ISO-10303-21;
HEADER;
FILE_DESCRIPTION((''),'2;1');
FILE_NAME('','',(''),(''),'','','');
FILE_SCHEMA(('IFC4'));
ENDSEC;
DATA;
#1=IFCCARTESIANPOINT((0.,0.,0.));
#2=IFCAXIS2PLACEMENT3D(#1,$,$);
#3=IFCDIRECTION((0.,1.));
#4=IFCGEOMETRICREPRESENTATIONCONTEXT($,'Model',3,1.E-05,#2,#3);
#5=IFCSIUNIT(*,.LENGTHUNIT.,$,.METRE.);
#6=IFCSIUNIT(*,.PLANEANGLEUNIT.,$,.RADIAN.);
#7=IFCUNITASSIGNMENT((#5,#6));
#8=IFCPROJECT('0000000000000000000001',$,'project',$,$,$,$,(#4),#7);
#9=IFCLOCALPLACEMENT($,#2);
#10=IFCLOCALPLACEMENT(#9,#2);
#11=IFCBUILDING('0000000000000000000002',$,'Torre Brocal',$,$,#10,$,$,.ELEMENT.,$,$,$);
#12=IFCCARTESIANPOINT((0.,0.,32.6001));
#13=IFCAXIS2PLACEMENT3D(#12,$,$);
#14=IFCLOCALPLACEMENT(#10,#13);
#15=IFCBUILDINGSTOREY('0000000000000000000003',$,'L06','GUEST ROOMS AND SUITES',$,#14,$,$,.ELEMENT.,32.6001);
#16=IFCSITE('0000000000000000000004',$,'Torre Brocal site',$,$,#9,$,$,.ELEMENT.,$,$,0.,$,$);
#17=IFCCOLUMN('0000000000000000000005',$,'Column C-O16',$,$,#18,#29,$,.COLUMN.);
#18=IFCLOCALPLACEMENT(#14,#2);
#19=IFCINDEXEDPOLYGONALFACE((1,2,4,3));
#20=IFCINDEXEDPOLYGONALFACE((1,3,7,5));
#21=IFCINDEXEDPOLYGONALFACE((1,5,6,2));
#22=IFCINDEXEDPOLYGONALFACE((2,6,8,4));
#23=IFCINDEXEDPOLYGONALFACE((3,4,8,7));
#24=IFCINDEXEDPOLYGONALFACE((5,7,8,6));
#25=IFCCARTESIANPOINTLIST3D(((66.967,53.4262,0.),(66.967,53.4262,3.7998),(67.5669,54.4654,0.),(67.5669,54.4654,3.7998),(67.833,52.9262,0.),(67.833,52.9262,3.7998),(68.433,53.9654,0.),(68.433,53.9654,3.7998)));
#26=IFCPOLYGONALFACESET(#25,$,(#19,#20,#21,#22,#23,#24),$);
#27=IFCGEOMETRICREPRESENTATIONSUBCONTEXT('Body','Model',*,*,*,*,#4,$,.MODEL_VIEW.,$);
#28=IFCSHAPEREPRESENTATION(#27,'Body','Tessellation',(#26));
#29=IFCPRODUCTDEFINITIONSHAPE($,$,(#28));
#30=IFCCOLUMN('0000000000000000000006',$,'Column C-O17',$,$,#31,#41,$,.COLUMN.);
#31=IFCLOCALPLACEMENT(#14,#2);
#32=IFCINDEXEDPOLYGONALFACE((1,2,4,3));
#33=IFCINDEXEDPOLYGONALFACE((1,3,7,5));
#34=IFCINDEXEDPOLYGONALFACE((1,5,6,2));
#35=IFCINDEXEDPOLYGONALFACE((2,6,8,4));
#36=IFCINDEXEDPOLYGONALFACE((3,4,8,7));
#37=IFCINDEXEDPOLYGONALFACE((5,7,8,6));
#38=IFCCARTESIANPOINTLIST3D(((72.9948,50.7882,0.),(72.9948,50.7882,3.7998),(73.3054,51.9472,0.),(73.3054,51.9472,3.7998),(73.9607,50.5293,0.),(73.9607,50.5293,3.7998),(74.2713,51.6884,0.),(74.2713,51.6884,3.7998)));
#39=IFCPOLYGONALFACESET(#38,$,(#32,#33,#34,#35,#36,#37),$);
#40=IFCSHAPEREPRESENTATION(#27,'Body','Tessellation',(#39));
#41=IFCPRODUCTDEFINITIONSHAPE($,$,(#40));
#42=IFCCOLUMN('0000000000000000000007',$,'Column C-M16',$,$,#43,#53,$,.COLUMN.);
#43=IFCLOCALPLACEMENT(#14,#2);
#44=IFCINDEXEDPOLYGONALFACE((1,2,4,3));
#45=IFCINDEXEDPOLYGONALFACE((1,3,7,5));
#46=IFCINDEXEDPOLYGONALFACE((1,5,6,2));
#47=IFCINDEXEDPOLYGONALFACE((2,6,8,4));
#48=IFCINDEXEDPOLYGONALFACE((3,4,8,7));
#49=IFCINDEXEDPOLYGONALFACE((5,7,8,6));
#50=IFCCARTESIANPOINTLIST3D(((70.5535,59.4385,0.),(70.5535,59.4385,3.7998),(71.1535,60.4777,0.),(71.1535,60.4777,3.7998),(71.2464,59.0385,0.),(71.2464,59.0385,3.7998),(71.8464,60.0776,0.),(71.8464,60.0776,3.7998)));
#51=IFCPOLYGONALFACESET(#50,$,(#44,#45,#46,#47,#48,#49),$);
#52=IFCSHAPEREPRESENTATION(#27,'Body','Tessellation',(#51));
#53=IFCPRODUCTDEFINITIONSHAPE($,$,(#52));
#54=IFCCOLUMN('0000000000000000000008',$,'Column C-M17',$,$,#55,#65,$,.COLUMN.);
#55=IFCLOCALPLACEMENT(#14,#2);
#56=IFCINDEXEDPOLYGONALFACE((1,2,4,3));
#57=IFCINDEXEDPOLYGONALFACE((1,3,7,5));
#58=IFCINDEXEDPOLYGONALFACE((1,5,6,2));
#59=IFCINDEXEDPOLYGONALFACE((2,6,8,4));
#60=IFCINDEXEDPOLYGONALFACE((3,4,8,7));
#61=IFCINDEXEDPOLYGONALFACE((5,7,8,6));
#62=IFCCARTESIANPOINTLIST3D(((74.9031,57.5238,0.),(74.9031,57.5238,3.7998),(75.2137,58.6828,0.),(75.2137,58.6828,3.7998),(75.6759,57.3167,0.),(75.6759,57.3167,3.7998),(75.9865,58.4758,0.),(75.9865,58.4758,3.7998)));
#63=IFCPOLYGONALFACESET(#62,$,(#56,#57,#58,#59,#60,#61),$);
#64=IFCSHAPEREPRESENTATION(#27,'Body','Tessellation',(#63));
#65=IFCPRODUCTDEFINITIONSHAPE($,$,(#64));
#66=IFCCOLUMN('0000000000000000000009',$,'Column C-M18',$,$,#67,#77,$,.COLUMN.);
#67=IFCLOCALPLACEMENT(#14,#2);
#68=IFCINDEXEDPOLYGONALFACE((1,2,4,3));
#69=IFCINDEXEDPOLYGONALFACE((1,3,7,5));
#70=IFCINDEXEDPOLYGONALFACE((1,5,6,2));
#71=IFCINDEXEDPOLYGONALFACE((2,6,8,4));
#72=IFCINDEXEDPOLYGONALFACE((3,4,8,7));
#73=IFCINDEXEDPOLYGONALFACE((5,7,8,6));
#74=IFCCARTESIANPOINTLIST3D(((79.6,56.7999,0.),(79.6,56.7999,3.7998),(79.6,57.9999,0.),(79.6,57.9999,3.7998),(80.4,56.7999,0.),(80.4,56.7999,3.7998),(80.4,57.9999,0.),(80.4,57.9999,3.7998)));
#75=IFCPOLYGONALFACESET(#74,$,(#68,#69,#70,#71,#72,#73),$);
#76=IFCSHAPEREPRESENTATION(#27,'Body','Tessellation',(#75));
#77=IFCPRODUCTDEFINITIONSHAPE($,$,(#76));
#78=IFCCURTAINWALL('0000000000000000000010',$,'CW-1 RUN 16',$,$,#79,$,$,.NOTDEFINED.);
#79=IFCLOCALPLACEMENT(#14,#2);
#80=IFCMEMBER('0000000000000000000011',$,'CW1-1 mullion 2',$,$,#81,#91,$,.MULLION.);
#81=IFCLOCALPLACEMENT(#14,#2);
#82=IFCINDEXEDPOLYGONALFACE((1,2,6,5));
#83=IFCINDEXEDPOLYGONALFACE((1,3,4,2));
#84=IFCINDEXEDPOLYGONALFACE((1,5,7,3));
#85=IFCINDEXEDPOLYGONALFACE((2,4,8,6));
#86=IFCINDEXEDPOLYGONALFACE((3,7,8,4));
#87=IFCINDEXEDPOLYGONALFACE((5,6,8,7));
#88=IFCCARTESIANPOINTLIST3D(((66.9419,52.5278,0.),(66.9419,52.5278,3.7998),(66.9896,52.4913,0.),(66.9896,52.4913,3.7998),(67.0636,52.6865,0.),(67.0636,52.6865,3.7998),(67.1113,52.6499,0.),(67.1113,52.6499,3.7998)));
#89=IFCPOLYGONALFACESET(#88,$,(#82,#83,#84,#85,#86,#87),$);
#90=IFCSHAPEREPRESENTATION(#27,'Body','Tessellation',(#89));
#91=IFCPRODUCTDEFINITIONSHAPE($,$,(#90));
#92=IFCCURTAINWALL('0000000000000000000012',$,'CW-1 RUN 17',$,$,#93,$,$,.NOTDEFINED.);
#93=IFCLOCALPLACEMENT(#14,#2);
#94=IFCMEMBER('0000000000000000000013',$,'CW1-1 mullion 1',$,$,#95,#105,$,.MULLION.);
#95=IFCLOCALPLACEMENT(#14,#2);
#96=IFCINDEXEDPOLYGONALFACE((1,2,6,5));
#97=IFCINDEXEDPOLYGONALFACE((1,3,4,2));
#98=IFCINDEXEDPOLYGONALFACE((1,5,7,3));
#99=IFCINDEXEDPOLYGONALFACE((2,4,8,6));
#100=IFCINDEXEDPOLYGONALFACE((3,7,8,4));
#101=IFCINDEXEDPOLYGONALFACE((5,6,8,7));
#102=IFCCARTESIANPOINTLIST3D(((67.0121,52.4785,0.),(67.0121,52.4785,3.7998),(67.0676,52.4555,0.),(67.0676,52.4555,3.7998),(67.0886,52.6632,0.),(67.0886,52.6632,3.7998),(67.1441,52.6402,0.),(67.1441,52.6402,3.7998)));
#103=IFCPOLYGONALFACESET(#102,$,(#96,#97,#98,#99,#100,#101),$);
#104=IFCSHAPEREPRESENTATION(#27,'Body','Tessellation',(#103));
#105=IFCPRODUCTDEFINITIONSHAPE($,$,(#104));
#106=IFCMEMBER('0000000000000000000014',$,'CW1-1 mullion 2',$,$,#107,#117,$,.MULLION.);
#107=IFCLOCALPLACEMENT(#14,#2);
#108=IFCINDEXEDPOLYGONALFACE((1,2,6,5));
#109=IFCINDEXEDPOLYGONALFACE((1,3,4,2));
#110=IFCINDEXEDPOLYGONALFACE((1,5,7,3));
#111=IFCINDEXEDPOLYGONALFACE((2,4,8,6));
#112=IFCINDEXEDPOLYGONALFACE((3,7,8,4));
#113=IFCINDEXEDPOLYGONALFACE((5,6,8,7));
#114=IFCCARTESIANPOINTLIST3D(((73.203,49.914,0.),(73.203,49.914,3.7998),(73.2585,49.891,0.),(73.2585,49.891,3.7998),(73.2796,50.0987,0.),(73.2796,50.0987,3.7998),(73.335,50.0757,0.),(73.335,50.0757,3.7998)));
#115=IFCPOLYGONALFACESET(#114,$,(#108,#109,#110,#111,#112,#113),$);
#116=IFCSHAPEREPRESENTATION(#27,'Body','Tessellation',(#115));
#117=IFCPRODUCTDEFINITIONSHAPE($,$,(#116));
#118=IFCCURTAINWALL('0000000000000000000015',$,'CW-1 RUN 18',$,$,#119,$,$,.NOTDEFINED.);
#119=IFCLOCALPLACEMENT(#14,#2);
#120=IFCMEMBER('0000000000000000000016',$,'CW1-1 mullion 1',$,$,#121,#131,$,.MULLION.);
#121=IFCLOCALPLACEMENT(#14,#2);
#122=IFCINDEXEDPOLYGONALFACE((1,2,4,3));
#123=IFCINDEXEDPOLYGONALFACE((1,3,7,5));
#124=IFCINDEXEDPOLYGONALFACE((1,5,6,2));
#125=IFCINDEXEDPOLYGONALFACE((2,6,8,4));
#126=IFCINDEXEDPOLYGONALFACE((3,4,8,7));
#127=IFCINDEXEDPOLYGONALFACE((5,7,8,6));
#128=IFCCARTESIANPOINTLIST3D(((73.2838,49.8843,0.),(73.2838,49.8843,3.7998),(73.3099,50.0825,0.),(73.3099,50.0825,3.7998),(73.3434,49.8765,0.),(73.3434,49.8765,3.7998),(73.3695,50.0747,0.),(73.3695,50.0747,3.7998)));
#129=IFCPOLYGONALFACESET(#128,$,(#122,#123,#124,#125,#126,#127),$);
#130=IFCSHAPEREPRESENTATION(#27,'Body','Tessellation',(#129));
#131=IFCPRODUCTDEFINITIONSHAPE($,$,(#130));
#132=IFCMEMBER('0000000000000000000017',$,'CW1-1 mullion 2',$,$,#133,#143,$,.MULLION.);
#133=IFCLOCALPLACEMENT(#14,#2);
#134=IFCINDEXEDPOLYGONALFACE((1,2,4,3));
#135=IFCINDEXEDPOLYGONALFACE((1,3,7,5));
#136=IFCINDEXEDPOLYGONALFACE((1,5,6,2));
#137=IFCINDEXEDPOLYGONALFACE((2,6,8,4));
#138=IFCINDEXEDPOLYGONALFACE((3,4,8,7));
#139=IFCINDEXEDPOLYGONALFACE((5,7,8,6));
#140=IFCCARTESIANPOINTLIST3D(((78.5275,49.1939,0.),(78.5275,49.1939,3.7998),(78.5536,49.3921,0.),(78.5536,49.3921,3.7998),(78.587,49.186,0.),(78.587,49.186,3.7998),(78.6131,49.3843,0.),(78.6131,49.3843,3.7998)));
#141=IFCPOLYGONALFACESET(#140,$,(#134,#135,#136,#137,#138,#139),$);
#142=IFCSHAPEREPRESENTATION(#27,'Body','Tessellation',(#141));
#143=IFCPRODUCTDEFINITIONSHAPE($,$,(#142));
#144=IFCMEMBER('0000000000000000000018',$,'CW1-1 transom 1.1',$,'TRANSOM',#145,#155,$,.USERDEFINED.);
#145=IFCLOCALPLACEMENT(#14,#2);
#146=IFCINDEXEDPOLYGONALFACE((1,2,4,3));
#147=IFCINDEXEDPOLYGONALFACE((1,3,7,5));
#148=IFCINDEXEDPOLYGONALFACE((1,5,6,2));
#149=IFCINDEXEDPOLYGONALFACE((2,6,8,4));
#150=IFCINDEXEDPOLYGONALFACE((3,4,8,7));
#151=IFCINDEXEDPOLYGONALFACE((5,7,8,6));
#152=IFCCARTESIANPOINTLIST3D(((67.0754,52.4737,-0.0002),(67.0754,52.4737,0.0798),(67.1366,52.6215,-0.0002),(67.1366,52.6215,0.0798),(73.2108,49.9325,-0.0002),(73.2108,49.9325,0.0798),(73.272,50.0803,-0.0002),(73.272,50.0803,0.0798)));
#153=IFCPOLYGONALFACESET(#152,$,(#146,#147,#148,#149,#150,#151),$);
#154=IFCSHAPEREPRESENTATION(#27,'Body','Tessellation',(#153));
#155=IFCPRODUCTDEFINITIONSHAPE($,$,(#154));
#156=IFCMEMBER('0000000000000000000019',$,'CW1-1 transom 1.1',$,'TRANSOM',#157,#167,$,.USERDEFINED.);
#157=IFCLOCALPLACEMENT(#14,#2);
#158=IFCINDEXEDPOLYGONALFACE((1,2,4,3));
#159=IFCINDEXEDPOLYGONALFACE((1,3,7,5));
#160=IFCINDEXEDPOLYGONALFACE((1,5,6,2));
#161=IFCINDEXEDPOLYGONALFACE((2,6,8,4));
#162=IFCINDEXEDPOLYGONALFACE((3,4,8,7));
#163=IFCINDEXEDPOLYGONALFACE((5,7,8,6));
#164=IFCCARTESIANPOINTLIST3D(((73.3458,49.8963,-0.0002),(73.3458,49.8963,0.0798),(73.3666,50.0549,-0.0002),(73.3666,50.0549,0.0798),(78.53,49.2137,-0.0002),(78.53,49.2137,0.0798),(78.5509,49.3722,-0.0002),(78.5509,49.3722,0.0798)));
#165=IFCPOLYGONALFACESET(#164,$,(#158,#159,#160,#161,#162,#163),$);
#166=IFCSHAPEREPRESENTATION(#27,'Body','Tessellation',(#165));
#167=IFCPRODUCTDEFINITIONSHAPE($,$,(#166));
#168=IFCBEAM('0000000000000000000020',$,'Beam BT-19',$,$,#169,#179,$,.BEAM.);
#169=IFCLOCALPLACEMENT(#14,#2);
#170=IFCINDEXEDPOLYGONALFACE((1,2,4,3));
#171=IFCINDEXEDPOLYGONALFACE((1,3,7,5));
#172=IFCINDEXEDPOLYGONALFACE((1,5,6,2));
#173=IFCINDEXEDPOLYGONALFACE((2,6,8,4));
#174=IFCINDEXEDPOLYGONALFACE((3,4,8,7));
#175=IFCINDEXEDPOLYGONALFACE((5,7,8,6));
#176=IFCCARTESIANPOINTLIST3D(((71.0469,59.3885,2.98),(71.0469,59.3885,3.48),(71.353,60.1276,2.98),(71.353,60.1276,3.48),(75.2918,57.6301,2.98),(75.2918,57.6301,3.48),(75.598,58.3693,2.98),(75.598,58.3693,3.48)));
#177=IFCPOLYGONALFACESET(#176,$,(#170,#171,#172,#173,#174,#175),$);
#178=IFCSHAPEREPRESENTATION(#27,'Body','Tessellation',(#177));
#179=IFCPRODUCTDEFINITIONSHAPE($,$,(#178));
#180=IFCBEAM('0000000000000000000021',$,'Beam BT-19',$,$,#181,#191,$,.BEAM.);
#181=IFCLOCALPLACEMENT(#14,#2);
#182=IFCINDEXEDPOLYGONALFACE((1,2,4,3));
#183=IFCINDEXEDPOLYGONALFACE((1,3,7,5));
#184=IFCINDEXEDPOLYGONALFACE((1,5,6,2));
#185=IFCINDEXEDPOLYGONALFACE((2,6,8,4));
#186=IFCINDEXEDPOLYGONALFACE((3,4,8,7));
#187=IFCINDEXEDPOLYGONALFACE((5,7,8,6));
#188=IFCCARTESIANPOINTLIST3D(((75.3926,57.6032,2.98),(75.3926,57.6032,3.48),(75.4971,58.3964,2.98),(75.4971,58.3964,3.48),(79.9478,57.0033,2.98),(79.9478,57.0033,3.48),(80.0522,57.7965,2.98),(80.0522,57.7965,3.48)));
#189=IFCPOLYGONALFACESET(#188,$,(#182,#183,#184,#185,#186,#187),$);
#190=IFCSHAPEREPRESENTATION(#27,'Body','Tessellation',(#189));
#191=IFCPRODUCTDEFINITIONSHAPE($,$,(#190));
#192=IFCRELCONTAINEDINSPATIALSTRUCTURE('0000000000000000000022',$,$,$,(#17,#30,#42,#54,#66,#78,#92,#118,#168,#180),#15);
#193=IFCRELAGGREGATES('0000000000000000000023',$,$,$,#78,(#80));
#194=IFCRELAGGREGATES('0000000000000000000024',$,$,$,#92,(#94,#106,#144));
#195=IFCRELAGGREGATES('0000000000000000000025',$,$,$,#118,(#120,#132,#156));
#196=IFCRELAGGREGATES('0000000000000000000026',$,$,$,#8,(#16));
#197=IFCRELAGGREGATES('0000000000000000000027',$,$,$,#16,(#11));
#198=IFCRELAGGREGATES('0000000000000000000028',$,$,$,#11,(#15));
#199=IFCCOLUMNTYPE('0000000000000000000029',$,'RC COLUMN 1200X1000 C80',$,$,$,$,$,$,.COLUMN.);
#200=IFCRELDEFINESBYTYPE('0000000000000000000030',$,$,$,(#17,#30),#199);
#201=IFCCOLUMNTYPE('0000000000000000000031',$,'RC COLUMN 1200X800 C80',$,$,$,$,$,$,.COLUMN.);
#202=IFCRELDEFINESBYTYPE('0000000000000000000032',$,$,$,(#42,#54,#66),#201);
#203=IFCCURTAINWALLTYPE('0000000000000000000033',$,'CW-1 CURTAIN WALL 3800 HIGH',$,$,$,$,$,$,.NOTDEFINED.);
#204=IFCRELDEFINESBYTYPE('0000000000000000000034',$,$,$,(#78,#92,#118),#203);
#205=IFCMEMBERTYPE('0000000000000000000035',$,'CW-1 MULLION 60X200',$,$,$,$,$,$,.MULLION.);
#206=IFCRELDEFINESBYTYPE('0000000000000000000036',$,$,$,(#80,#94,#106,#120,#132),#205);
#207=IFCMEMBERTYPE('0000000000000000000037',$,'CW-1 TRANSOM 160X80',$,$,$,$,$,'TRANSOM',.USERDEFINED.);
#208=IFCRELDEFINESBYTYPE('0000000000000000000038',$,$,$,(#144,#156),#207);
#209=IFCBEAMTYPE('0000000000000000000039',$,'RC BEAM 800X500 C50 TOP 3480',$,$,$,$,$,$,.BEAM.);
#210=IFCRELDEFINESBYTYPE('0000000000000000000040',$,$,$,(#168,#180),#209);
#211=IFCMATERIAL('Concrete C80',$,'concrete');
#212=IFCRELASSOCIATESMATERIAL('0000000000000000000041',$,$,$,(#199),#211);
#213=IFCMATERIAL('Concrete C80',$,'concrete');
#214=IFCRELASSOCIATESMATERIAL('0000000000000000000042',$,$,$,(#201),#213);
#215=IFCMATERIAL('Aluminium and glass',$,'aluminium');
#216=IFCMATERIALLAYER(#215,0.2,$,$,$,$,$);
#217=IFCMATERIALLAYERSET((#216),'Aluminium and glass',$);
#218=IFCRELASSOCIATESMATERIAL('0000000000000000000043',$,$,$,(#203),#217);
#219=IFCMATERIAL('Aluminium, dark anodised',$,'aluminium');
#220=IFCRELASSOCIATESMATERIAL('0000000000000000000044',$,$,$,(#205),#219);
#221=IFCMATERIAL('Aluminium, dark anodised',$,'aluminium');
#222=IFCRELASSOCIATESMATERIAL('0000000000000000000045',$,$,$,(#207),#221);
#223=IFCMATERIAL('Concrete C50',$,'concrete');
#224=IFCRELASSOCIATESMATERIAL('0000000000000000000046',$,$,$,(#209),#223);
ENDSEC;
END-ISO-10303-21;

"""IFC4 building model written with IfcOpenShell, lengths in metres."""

from ifc_helpers import new_model, si_unit, direction, frame, origin, origin_2d, place, context, subcontext, project, spatial, rectangle, extrude, material, layer, layer_set, material_profile, profile_set, type_object, element, aggregate, save


model = new_model("IFC4")

# Units and contexts
model_context = context("Model", 3, precision=1e-05, world=origin(), true_north=direction((0.0, 1.0)))
body_context = subcontext(model_context, "Body", "Model", "MODEL_VIEW")
ifc_project = project(units=[si_unit("LENGTHUNIT", "METRE"), si_unit("PLANEANGLEUNIT", "RADIAN")], contexts=[model_context])

# Site, building, storey
site_placement = place(None, origin())
site = spatial("IfcSite", under=ifc_project, at=site_placement, Name="Torre Brocal site", CompositionType="ELEMENT", RefElevation=0.0)
building_placement = place(site_placement, origin())
building = spatial("IfcBuilding", under=site, at=building_placement, Name="Torre Brocal", CompositionType="ELEMENT")
storey_placement = place(building_placement, frame((0.0, 0.0, 32.6001)))
storey = spatial("IfcBuildingStorey", under=building, at=storey_placement, Name="L06", Description="GUEST ROOMS AND SUITES", CompositionType="ELEMENT", Elevation=32.6001)

# Columns
ifc_material_1 = material(Name="Concrete C80", Category="concrete")
ifc_material_profile_1 = material_profile(ifc_material_1, rectangle(XDim=1.2, YDim=1.0, at=origin_2d()), Name="RC 1200X1000")
ifc_profile_set_1 = profile_set([ifc_material_profile_1], Name="Concrete C80")
column_type_1 = type_object("IfcColumnType", Name="RC COLUMN 1200X1000 C80", PredefinedType="COLUMN", material=ifc_profile_set_1)
for number, where, z_axis, x_axis, name in (
    (1, (67.7, 53.6958, 0.0), (0.0, 0.0, 1.0), (-0.5, -0.866025, 0.0), "Column C-O16"),
    (2, (73.6331, 51.2383, 0.0), (0.0, 0.0, 1.0), (-0.258819, -0.965926, 0.0), "Column C-O17"),
):
    element("IfcColumn", number, at=place(storey_placement, frame(where, z_axis=z_axis, x_axis=x_axis)), inside=storey, type_object=column_type_1, Name=name, PredefinedType="COLUMN", context=body_context, shape_type="SweptSolid", body=[
        extrude(rectangle(XDim=1.2, YDim=1.0, at=origin_2d()), origin(), (0.0, 0.0, 1.0), 3.7998),
    ])
ifc_material_2 = material(Name="Concrete C80", Category="concrete")
ifc_material_profile_2 = material_profile(ifc_material_2, rectangle(XDim=1.2, YDim=0.8, at=origin_2d()), Name="RC 1200X800")
ifc_profile_set_2 = profile_set([ifc_material_profile_2], Name="Concrete C80")
column_type_2 = type_object("IfcColumnType", Name="RC COLUMN 1200X800 C80", PredefinedType="COLUMN", material=ifc_profile_set_2)
for number, where, z_axis, x_axis, name in (
    (3, (71.2, 59.7581, 0.0), (0.0, 0.0, 1.0), (-0.5, -0.866025, 0.0), "Column C-M16"),
    (4, (75.4448, 57.9998, 0.0), (0.0, 0.0, 1.0), (-0.258819, -0.965926, 0.0), "Column C-M17"),
    (5, (80.0, 57.3999, 0.0), (0.0, 0.0, 1.0), (0.0, -1.0, 0.0), "Column C-M18"),
):
    element("IfcColumn", number, at=place(storey_placement, frame(where, z_axis=z_axis, x_axis=x_axis)), inside=storey, type_object=column_type_2, Name=name, PredefinedType="COLUMN", context=body_context, shape_type="SweptSolid", body=[
        extrude(rectangle(XDim=1.2, YDim=0.8, at=origin_2d()), origin(), (0.0, 0.0, 1.0), 3.7998),
    ])

# Curtain wall, member
ifc_material_3 = material(Name="Aluminium and glass", Category="aluminium")
ifc_layer_1 = layer(ifc_material_3, 0.2)
ifc_layer_set_1 = layer_set([ifc_layer_1], Name="Aluminium and glass")
curtain_wall_type = type_object("IfcCurtainWallType", Name="CW-1 CURTAIN WALL 3800 HIGH", PredefinedType="NOTDEFINED", material=ifc_layer_set_1)
curtain_wall_1_placement = place(storey_placement, origin())
curtain_wall_1 = element("IfcCurtainWall", 6, at=curtain_wall_1_placement, inside=storey, type_object=curtain_wall_type, Name="CW-1 RUN 16", PredefinedType="NOTDEFINED")
ifc_material_4 = material(Name="Aluminium, dark anodised", Category="aluminium")
ifc_material_profile_3 = material_profile(ifc_material_4, rectangle(XDim=0.2, YDim=0.0601, at=origin_2d()), Name="CW-1 MULLION 60X200")
ifc_profile_set_3 = profile_set([ifc_material_profile_3], Name="Aluminium, dark anodised")
member_type_1 = type_object("IfcMemberType", Name="CW-1 MULLION 60X200", PredefinedType="MULLION", material=ifc_profile_set_3)
member_1_placement = place(storey_placement, frame((67.0266, 52.5889, 0.0), z_axis=(0.0, 0.0, 1.0), x_axis=(0.608761, 0.793353, 0.0)))
member_1 = element("IfcMember", 7, at=member_1_placement, type_object=member_type_1, Name="CW1-1 mullion 2", PredefinedType="MULLION", context=body_context, shape_type="SweptSolid", body=[
    extrude(rectangle(XDim=0.2, YDim=0.0601, at=origin_2d()), origin(), (0.0, 0.0, 1.0), 3.7998),
])
aggregate(curtain_wall_1, [member_1])

# Curtain walls, members
curtain_wall_2_placement = place(storey_placement, origin())
curtain_wall_2 = element("IfcCurtainWall", 8, at=curtain_wall_2_placement, inside=storey, type_object=curtain_wall_type, Name="CW-1 RUN 17", PredefinedType="NOTDEFINED")
member_2_placement = place(storey_placement, frame((67.0781, 52.5593, 0.0), z_axis=(0.0, 0.0, 1.0), x_axis=(0.382683, 0.92388, 0.0)))
member_2 = element("IfcMember", 9, at=member_2_placement, type_object=member_type_1, Name="CW1-1 mullion 1", PredefinedType="MULLION", context=body_context, shape_type="SweptSolid", body=[
    extrude(rectangle(XDim=0.2, YDim=0.0601, at=origin_2d()), origin(), (0.0, 0.0, 1.0), 3.7998),
])
member_3_placement = place(storey_placement, frame((73.269, 49.9949, 0.0), z_axis=(0.0, 0.0, 1.0), x_axis=(0.382683, 0.92388, 0.0)))
member_3 = element("IfcMember", 10, at=member_3_placement, type_object=member_type_1, Name="CW1-1 mullion 2", PredefinedType="MULLION", context=body_context, shape_type="SweptSolid", body=[
    extrude(rectangle(XDim=0.2, YDim=0.0601, at=origin_2d()), origin(), (0.0, 0.0, 1.0), 3.7998),
])
curtain_wall_3_placement = place(storey_placement, origin())
curtain_wall_3 = element("IfcCurtainWall", 11, at=curtain_wall_3_placement, inside=storey, type_object=curtain_wall_type, Name="CW-1 RUN 18", PredefinedType="NOTDEFINED")
member_4_placement = place(storey_placement, frame((73.3267, 49.9795, 0.0), z_axis=(0.0, 0.0, 1.0), x_axis=(0.130526, 0.991445, 0.0)))
member_4 = element("IfcMember", 12, at=member_4_placement, type_object=member_type_1, Name="CW1-1 mullion 1", PredefinedType="MULLION", context=body_context, shape_type="SweptSolid", body=[
    extrude(rectangle(XDim=0.2, YDim=0.0601, at=origin_2d()), origin(), (0.0, 0.0, 1.0), 3.7998),
])
member_5_placement = place(storey_placement, frame((78.5703, 49.2891, 0.0), z_axis=(0.0, 0.0, 1.0), x_axis=(0.130526, 0.991445, 0.0)))
member_5 = element("IfcMember", 13, at=member_5_placement, type_object=member_type_1, Name="CW1-1 mullion 2", PredefinedType="MULLION", context=body_context, shape_type="SweptSolid", body=[
    extrude(rectangle(XDim=0.2, YDim=0.0601, at=origin_2d()), origin(), (0.0, 0.0, 1.0), 3.7998),
])

# Members
ifc_material_5 = material(Name="Aluminium, dark anodised", Category="aluminium")
ifc_material_profile_4 = material_profile(ifc_material_5, rectangle(XDim=0.1599, YDim=0.0801, at=origin_2d()), Name="CW-1 TRANSOM 160X80")
ifc_profile_set_4 = profile_set([ifc_material_profile_4], Name="Aluminium, dark anodised")
member_type_2 = type_object("IfcMemberType", Name="CW-1 TRANSOM 160X80", ElementType="TRANSOM", PredefinedType="USERDEFINED", material=ifc_profile_set_4)
member_6_placement = place(storey_placement, frame((67.106, 52.5476, 0.0398), z_axis=(0.923887, -0.382665, 0.0), x_axis=(0.382665, 0.923887, 0.0)))
member_6 = element("IfcMember", 14, at=member_6_placement, type_object=member_type_2, Name="CW1-1 transom 1.1", ObjectType="TRANSOM", PredefinedType="USERDEFINED", context=body_context, shape_type="SweptSolid", body=[
    extrude(rectangle(XDim=0.1599, YDim=0.0801, at=origin_2d()), origin(), (0.0, 0.0, 1.0), 6.6409),
])
member_7_placement = place(storey_placement, frame((73.3562, 49.9756, 0.0398), z_axis=(0.991443, -0.130543, 0.0), x_axis=(0.130543, 0.991443, 0.0)))
member_7 = element("IfcMember", 15, at=member_7_placement, type_object=member_type_2, Name="CW1-1 transom 1.1", ObjectType="TRANSOM", PredefinedType="USERDEFINED", context=body_context, shape_type="SweptSolid", body=[
    extrude(rectangle(XDim=0.1599, YDim=0.0801, at=origin_2d()), origin(), (0.0, 0.0, 1.0), 5.229),
])

# Beams
ifc_material_6 = material(Name="Concrete C50", Category="concrete")
ifc_material_profile_5 = material_profile(ifc_material_6, rectangle(XDim=0.8, YDim=0.5, at=origin_2d()), Name="RC 800X500")
ifc_profile_set_5 = profile_set([ifc_material_profile_5], Name="Concrete C50")
beam_type_1 = type_object("IfcBeamType", Name="RC BEAM 800X500 C50 TOP 3480", PredefinedType="BEAM", material=ifc_profile_set_5)
beam_1_placement = place(storey_placement, frame((71.2, 59.7581, 3.23), z_axis=(0.923878, -0.382687, 0.0), x_axis=(0.382687, 0.923878, 0.0)))
element("IfcBeam", 16, at=beam_1_placement, inside=storey, type_object=beam_type_1, Name="Beam BT-19", PredefinedType="BEAM", context=body_context, shape_type="SweptSolid", body=[
    extrude(rectangle(XDim=0.8, YDim=0.5, at=origin_2d()), origin(), (0.0, 0.0, 1.0), 4.5947),
])
beam_2_placement = place(storey_placement, frame((75.4448, 57.9998, 3.23), z_axis=(0.991441, -0.130559, 0.0), x_axis=(0.130559, 0.991441, 0.0)))
element("IfcBeam", 17, at=beam_2_placement, inside=storey, type_object=beam_type_1, Name="Beam BT-19", PredefinedType="BEAM", context=body_context, shape_type="SweptSolid", body=[
    extrude(rectangle(XDim=0.8, YDim=0.5, at=origin_2d()), origin(), (0.0, 0.0, 1.0), 4.5945),
])

aggregate(curtain_wall_2, [member_2, member_3, member_6])
aggregate(curtain_wall_3, [member_4, member_5, member_7])

save(model, "model.ifc")
